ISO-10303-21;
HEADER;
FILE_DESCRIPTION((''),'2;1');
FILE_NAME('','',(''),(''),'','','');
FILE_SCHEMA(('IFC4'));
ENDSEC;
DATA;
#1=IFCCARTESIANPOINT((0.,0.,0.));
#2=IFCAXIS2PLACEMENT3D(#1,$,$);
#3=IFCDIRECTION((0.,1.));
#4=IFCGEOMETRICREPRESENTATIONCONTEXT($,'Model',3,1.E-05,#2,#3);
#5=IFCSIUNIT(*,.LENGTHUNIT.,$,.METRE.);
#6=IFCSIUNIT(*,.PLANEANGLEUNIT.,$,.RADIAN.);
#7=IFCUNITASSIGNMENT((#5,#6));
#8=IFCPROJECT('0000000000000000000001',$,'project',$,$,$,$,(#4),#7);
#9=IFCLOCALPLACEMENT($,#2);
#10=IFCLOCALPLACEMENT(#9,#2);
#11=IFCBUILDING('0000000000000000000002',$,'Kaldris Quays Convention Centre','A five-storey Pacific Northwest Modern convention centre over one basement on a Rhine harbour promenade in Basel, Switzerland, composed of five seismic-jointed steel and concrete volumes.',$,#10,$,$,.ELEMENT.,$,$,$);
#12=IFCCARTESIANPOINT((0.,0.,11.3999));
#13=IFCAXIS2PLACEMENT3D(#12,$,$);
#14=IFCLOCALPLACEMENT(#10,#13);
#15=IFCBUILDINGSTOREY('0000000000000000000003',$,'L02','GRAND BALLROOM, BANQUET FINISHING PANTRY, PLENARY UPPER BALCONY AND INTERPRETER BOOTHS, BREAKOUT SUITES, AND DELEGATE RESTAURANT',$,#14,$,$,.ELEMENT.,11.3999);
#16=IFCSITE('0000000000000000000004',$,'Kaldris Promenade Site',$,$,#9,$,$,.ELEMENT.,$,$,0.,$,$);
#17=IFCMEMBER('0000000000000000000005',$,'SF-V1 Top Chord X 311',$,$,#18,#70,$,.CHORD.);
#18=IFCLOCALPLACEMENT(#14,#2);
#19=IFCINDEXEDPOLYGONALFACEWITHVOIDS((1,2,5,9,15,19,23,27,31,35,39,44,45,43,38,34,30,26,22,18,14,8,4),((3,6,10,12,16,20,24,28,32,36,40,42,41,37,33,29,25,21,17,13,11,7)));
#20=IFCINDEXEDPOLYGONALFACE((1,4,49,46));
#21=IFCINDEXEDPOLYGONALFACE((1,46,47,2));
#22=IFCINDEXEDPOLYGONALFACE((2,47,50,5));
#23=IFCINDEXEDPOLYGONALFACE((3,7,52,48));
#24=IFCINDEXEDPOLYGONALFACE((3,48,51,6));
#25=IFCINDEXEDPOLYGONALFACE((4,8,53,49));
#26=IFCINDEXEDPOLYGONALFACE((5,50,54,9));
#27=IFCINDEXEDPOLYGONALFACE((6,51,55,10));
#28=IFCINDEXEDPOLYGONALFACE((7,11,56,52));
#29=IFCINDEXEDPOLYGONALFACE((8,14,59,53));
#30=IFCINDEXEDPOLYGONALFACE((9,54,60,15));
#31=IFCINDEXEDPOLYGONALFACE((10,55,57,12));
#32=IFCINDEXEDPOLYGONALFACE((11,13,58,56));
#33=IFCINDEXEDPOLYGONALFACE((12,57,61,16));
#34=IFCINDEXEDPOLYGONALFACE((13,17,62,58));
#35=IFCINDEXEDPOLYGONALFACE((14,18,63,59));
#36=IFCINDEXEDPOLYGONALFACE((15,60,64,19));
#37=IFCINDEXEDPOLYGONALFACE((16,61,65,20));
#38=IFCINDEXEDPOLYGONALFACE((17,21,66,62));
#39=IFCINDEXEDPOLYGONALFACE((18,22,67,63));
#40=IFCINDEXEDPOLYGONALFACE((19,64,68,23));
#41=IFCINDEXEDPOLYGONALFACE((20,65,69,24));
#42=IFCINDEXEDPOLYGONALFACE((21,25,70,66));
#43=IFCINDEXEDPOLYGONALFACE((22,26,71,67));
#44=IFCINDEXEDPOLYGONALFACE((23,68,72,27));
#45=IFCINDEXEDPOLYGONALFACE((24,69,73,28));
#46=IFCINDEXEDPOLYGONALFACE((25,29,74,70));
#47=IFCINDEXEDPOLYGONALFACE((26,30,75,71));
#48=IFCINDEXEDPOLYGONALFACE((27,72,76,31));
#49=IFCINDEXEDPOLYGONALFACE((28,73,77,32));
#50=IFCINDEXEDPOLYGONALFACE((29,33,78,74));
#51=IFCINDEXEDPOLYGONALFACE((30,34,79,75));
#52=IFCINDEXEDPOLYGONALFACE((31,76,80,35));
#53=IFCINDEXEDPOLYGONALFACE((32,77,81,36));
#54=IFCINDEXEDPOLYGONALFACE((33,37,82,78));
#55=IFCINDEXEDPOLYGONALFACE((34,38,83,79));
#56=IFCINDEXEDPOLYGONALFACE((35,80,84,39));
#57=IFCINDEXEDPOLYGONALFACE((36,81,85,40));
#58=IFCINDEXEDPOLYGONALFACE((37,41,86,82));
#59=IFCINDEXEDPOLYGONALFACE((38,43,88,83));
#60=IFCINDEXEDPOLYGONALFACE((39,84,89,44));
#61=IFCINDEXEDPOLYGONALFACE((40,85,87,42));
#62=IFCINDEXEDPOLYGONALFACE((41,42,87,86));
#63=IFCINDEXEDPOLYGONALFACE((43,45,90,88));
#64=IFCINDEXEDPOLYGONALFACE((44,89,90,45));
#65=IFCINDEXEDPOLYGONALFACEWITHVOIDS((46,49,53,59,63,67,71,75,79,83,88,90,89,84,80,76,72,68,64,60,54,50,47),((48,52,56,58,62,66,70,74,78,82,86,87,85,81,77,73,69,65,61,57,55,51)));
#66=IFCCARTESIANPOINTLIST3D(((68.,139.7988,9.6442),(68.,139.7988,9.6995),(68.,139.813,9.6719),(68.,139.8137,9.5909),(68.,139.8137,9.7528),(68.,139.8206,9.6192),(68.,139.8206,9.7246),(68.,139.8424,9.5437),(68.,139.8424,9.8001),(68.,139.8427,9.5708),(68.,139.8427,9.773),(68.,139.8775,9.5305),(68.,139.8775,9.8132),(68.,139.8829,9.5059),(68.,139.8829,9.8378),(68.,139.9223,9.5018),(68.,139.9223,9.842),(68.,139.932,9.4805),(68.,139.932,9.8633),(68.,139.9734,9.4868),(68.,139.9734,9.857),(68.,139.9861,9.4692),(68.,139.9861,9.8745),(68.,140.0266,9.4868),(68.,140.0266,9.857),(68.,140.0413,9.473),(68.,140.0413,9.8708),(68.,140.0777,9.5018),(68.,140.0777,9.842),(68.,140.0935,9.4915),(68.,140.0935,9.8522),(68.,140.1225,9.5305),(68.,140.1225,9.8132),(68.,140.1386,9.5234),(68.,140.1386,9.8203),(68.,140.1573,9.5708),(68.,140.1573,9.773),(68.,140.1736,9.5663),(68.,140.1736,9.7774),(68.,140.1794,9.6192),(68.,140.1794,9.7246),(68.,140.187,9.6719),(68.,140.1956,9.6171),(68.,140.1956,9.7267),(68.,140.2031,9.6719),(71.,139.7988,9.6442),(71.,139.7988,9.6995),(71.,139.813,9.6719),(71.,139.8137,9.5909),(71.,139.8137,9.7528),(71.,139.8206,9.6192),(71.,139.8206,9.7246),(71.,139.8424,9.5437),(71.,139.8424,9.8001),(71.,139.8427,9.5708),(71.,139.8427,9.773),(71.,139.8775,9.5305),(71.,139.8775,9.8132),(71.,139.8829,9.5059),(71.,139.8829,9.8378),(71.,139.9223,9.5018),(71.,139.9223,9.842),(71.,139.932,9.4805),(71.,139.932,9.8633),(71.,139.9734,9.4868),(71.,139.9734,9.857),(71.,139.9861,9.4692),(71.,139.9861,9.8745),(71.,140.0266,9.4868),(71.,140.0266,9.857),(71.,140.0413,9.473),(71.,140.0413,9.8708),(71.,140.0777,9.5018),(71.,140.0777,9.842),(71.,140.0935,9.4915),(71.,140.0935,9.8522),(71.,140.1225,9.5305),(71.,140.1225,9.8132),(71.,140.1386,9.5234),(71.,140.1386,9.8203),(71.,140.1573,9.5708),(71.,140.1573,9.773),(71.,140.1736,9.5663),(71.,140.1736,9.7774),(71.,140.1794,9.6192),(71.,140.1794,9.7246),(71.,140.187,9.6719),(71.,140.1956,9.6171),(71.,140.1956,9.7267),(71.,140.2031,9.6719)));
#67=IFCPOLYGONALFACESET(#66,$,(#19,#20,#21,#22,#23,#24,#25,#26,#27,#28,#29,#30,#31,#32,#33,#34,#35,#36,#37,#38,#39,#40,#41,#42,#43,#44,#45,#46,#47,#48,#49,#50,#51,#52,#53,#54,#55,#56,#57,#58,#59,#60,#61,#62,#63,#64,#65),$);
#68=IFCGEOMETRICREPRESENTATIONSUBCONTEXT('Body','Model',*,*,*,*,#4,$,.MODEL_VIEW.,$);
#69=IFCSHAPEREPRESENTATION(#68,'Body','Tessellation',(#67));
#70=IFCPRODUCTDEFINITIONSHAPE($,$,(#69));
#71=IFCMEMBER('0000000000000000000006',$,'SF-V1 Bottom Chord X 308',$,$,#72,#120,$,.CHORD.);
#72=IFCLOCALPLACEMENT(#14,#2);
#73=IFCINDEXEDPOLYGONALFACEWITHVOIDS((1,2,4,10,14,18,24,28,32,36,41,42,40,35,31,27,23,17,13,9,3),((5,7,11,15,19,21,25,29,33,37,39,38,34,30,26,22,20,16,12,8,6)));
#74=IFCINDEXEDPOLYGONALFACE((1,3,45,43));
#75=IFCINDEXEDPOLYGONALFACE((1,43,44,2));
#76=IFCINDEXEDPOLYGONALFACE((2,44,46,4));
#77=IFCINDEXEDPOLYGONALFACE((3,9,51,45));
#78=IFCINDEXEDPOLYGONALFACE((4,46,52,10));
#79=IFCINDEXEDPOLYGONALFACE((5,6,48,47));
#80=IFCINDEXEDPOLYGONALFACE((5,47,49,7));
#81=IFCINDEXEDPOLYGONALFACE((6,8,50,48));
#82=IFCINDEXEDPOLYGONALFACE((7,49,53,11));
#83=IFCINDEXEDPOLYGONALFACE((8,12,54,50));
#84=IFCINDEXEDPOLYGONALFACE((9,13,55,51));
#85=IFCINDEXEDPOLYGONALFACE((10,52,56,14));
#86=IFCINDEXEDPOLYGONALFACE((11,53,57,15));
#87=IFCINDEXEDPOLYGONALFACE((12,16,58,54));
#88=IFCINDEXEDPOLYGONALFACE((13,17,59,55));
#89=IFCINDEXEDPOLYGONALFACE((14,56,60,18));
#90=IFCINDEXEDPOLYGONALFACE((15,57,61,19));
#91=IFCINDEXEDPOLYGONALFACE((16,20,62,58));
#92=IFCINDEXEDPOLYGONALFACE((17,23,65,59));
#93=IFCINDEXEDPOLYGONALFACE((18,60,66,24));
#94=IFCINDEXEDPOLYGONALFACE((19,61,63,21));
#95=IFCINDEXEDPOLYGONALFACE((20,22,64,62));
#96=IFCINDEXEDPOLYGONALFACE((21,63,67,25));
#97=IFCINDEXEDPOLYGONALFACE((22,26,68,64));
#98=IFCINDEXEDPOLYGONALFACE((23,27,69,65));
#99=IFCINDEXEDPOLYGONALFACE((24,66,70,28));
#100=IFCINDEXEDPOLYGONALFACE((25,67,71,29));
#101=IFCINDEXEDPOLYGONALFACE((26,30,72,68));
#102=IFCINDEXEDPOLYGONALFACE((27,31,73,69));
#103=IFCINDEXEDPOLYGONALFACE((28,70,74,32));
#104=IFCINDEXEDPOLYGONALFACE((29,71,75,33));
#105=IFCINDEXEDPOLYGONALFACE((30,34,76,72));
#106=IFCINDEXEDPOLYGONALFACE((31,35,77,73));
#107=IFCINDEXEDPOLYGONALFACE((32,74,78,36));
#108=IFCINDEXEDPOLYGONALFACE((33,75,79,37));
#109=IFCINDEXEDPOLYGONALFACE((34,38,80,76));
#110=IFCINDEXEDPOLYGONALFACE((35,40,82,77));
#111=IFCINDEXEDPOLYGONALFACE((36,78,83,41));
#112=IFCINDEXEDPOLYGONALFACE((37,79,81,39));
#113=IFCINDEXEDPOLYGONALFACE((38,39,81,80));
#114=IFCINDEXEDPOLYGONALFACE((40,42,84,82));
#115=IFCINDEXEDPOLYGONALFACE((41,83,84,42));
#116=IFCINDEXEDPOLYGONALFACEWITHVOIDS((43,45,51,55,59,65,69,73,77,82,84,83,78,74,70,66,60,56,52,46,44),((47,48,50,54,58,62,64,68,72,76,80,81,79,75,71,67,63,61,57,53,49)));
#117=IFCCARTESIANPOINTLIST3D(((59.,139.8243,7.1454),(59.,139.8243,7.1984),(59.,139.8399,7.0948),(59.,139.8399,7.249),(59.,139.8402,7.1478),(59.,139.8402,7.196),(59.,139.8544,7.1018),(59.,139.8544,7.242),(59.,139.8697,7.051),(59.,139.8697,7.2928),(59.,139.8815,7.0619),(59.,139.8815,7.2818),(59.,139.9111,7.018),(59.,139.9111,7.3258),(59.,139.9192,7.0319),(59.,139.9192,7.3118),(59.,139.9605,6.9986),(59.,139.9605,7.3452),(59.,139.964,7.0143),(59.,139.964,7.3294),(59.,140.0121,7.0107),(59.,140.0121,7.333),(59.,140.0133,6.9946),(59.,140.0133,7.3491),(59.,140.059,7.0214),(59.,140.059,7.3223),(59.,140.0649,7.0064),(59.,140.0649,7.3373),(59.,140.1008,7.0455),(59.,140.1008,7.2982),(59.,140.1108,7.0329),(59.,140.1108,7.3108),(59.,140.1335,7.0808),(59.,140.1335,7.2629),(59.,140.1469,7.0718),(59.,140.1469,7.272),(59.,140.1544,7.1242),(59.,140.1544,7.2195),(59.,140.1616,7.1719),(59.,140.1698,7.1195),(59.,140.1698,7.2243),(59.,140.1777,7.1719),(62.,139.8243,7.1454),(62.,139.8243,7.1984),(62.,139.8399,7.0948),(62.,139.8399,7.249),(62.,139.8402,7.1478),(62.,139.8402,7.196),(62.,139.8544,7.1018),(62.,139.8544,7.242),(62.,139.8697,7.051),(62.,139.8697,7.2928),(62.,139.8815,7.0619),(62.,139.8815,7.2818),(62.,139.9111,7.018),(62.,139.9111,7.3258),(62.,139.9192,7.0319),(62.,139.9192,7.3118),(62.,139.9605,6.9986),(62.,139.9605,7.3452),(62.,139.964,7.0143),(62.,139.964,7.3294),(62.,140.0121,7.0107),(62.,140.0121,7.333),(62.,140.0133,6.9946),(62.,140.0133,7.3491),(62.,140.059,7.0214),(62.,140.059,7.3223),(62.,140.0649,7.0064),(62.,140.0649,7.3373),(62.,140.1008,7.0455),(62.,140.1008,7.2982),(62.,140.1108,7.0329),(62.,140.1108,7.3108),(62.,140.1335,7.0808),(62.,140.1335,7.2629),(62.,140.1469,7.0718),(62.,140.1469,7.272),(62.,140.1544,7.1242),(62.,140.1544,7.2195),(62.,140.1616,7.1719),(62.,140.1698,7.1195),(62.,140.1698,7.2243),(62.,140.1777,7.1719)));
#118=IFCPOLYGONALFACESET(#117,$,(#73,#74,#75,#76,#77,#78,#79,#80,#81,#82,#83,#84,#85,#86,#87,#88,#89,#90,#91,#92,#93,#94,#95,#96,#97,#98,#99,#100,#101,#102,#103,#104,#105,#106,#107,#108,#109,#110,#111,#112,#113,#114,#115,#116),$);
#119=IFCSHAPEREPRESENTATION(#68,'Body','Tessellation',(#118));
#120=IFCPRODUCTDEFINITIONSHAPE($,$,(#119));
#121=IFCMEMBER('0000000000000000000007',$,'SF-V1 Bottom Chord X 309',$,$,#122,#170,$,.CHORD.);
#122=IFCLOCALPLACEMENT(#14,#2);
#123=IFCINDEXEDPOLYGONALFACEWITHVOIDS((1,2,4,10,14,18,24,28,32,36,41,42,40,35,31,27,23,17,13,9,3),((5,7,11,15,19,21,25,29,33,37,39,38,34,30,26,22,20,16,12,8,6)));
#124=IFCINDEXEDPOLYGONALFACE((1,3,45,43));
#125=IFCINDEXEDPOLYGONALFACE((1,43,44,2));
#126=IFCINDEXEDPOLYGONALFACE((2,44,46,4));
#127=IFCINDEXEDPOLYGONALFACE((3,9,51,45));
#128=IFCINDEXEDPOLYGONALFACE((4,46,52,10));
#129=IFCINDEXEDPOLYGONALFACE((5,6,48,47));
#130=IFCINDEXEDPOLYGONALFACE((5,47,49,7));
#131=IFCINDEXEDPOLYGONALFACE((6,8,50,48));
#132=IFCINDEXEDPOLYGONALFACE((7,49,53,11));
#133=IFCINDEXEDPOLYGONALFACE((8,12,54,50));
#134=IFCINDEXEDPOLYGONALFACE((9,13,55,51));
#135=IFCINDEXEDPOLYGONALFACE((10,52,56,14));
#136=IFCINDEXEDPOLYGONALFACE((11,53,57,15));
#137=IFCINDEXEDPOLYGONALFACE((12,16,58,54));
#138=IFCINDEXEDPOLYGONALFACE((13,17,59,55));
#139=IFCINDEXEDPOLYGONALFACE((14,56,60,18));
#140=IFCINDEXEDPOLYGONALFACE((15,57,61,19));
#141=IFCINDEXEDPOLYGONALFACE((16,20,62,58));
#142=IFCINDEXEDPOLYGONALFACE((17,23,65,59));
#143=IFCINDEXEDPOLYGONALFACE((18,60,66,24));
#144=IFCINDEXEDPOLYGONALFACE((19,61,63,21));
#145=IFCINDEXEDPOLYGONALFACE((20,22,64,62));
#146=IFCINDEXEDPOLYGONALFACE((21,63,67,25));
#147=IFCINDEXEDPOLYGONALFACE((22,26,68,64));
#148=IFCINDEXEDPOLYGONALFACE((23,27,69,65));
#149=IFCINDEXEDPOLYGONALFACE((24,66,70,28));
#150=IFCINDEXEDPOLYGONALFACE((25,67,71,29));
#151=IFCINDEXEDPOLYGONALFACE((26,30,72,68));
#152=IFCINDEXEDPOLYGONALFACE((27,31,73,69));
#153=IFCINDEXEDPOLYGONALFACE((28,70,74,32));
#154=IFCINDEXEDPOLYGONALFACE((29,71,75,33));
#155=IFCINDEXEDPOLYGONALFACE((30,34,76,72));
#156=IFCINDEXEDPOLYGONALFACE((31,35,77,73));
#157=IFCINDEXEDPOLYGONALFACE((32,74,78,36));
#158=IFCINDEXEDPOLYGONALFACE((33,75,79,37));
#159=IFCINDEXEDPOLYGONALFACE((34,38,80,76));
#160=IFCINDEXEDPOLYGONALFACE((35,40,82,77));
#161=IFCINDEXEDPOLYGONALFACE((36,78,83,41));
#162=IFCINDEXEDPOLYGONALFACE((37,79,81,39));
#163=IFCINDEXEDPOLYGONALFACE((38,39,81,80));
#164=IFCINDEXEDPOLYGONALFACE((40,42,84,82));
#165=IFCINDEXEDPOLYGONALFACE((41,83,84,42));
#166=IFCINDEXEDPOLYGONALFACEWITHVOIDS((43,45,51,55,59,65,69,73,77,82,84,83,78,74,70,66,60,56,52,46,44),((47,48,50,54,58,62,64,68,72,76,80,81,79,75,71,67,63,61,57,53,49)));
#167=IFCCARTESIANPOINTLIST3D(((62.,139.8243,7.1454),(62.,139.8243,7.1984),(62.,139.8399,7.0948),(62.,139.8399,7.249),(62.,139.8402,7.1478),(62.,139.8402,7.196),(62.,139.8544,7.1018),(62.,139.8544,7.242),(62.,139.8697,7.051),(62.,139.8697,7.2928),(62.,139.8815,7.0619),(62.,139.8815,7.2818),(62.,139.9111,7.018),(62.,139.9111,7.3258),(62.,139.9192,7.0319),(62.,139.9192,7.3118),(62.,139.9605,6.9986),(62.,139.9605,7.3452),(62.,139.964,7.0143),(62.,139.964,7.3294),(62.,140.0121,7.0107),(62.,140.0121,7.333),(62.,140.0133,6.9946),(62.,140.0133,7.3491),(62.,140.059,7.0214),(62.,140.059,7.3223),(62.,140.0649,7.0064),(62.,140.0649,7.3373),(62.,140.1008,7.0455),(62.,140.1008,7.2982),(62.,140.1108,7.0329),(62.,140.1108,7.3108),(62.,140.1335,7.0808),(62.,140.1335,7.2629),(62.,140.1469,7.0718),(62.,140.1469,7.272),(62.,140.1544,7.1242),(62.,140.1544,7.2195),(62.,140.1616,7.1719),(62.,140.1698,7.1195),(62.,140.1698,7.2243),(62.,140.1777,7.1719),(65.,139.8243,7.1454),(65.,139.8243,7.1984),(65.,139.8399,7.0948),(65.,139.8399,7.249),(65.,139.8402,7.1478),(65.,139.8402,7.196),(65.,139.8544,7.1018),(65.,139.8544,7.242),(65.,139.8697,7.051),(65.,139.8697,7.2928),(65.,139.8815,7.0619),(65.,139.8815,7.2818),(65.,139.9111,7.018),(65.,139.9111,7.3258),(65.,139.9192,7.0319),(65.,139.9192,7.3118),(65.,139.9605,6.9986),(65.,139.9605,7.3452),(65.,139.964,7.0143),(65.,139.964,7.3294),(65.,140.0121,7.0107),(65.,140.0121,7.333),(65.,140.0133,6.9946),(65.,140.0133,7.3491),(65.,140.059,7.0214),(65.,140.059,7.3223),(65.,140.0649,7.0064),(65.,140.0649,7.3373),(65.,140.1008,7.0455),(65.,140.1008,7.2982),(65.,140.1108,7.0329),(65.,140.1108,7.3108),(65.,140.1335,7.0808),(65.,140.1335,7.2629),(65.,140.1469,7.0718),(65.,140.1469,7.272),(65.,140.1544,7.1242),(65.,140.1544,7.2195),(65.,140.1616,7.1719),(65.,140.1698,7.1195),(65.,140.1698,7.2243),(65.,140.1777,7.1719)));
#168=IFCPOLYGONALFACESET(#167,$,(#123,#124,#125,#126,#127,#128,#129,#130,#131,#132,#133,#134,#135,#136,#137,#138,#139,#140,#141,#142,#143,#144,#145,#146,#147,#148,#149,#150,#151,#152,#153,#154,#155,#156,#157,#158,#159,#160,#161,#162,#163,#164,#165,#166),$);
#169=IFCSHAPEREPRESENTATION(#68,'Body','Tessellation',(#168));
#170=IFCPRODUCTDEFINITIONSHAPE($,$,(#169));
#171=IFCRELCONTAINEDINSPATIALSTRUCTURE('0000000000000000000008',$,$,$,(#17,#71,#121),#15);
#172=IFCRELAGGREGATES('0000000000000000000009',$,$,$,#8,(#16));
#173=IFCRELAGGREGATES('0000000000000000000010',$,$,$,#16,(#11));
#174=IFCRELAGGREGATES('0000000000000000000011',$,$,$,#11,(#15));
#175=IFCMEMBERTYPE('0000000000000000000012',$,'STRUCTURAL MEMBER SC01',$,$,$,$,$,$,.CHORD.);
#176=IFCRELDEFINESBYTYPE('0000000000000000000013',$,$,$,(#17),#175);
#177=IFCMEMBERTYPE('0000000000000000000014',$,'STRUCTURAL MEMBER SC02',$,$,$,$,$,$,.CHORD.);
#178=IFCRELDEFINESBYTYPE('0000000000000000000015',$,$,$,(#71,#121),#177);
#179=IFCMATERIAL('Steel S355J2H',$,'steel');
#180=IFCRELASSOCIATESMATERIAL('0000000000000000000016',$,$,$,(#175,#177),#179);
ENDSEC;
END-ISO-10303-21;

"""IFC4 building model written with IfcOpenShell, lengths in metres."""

from ifc_helpers import new_model, si_unit, direction, frame, origin, origin_2d, place, context, subcontext, project, spatial, hollow_circle, extrude, material, material_profile, profile_set, type_object, element, save


model = new_model("IFC4")

# Units and contexts
model_context = context("Model", 3, precision=1e-05, world=origin(), true_north=direction((0.0, 1.0)))
body_context = subcontext(model_context, "Body", "Model", "MODEL_VIEW")
ifc_project = project(units=[si_unit("LENGTHUNIT", "METRE"), si_unit("PLANEANGLEUNIT", "RADIAN")], contexts=[model_context])

# Site, building, storey
site_placement = place(None, origin())
site = spatial("IfcSite", under=ifc_project, at=site_placement, Name="Kaldris Promenade Site", CompositionType="ELEMENT", RefElevation=0.0)
building_placement = place(site_placement, origin())
building = spatial("IfcBuilding", under=site, at=building_placement, Name="Kaldris Quays Convention Centre", Description="A five-storey Pacific Northwest Modern convention centre over one basement on a Rhine harbour promenade in Basel, Switzerland, composed of five seismic-jointed steel and concrete volumes.", CompositionType="ELEMENT")
storey_placement = place(building_placement, frame((0.0, 0.0, 11.3999)))
storey = spatial("IfcBuildingStorey", under=building, at=storey_placement, Name="L02", Description="GRAND BALLROOM, BANQUET FINISHING PANTRY, PLENARY UPPER BALCONY AND INTERPRETER BOOTHS, BREAKOUT SUITES, AND DELEGATE RESTAURANT", CompositionType="ELEMENT", Elevation=11.3999)

# Members
ifc_material_1 = material(Name="Steel S355J2H", Category="steel")
ifc_material_profile_1 = material_profile(ifc_material_1, hollow_circle(Radius=0.2031, WallThickness=0.0161, at=origin_2d()), Name="CHS 406.4x16")
ifc_profile_set_1 = profile_set([ifc_material_profile_1], Name="Steel S355J2H")
member_type_1 = type_object("IfcMemberType", Name="STRUCTURAL MEMBER SC01", PredefinedType="CHORD", material=ifc_profile_set_1)
for number, where, z_axis, x_axis, name in (
    (1, (68.0, 140.0, 9.6719), (1.0, 0.0, 0.0), (0.0, 1.0, 0.0), "SF-V1 Top Chord X 311"),
):
    element("IfcMember", number, at=place(storey_placement, frame(where, z_axis=z_axis, x_axis=x_axis)), inside=storey, type_object=member_type_1, Name=name, PredefinedType="CHORD", context=body_context, shape_type="SweptSolid", body=[
        extrude(hollow_circle(Radius=0.2031, WallThickness=0.0161, at=origin_2d()), origin(), (0.0, 0.0, 1.0), 3.0),
    ])
ifc_material_profile_2 = material_profile(ifc_material_1, hollow_circle(Radius=0.1777, WallThickness=0.0161, at=origin_2d()), Name="CHS 355.6x16")
ifc_profile_set_2 = profile_set([ifc_material_profile_2], Name="Steel S355J2H")
member_type_2 = type_object("IfcMemberType", Name="STRUCTURAL MEMBER SC02", PredefinedType="CHORD", material=ifc_profile_set_2)
for number, where, z_axis, x_axis, name in (
    (2, (59.0, 140.0, 7.1719), (1.0, 0.0, 0.0), (0.0, 1.0, 0.0), "SF-V1 Bottom Chord X 308"),
    (3, (62.0, 140.0, 7.1719), (1.0, 0.0, 0.0), (0.0, 1.0, 0.0), "SF-V1 Bottom Chord X 309"),
):
    element("IfcMember", number, at=place(storey_placement, frame(where, z_axis=z_axis, x_axis=x_axis)), inside=storey, type_object=member_type_2, Name=name, PredefinedType="CHORD", context=body_context, shape_type="SweptSolid", body=[
        extrude(hollow_circle(Radius=0.1777, WallThickness=0.0161, at=origin_2d()), origin(), (0.0, 0.0, 1.0), 3.0),
    ])

save(model, "model.ifc")
